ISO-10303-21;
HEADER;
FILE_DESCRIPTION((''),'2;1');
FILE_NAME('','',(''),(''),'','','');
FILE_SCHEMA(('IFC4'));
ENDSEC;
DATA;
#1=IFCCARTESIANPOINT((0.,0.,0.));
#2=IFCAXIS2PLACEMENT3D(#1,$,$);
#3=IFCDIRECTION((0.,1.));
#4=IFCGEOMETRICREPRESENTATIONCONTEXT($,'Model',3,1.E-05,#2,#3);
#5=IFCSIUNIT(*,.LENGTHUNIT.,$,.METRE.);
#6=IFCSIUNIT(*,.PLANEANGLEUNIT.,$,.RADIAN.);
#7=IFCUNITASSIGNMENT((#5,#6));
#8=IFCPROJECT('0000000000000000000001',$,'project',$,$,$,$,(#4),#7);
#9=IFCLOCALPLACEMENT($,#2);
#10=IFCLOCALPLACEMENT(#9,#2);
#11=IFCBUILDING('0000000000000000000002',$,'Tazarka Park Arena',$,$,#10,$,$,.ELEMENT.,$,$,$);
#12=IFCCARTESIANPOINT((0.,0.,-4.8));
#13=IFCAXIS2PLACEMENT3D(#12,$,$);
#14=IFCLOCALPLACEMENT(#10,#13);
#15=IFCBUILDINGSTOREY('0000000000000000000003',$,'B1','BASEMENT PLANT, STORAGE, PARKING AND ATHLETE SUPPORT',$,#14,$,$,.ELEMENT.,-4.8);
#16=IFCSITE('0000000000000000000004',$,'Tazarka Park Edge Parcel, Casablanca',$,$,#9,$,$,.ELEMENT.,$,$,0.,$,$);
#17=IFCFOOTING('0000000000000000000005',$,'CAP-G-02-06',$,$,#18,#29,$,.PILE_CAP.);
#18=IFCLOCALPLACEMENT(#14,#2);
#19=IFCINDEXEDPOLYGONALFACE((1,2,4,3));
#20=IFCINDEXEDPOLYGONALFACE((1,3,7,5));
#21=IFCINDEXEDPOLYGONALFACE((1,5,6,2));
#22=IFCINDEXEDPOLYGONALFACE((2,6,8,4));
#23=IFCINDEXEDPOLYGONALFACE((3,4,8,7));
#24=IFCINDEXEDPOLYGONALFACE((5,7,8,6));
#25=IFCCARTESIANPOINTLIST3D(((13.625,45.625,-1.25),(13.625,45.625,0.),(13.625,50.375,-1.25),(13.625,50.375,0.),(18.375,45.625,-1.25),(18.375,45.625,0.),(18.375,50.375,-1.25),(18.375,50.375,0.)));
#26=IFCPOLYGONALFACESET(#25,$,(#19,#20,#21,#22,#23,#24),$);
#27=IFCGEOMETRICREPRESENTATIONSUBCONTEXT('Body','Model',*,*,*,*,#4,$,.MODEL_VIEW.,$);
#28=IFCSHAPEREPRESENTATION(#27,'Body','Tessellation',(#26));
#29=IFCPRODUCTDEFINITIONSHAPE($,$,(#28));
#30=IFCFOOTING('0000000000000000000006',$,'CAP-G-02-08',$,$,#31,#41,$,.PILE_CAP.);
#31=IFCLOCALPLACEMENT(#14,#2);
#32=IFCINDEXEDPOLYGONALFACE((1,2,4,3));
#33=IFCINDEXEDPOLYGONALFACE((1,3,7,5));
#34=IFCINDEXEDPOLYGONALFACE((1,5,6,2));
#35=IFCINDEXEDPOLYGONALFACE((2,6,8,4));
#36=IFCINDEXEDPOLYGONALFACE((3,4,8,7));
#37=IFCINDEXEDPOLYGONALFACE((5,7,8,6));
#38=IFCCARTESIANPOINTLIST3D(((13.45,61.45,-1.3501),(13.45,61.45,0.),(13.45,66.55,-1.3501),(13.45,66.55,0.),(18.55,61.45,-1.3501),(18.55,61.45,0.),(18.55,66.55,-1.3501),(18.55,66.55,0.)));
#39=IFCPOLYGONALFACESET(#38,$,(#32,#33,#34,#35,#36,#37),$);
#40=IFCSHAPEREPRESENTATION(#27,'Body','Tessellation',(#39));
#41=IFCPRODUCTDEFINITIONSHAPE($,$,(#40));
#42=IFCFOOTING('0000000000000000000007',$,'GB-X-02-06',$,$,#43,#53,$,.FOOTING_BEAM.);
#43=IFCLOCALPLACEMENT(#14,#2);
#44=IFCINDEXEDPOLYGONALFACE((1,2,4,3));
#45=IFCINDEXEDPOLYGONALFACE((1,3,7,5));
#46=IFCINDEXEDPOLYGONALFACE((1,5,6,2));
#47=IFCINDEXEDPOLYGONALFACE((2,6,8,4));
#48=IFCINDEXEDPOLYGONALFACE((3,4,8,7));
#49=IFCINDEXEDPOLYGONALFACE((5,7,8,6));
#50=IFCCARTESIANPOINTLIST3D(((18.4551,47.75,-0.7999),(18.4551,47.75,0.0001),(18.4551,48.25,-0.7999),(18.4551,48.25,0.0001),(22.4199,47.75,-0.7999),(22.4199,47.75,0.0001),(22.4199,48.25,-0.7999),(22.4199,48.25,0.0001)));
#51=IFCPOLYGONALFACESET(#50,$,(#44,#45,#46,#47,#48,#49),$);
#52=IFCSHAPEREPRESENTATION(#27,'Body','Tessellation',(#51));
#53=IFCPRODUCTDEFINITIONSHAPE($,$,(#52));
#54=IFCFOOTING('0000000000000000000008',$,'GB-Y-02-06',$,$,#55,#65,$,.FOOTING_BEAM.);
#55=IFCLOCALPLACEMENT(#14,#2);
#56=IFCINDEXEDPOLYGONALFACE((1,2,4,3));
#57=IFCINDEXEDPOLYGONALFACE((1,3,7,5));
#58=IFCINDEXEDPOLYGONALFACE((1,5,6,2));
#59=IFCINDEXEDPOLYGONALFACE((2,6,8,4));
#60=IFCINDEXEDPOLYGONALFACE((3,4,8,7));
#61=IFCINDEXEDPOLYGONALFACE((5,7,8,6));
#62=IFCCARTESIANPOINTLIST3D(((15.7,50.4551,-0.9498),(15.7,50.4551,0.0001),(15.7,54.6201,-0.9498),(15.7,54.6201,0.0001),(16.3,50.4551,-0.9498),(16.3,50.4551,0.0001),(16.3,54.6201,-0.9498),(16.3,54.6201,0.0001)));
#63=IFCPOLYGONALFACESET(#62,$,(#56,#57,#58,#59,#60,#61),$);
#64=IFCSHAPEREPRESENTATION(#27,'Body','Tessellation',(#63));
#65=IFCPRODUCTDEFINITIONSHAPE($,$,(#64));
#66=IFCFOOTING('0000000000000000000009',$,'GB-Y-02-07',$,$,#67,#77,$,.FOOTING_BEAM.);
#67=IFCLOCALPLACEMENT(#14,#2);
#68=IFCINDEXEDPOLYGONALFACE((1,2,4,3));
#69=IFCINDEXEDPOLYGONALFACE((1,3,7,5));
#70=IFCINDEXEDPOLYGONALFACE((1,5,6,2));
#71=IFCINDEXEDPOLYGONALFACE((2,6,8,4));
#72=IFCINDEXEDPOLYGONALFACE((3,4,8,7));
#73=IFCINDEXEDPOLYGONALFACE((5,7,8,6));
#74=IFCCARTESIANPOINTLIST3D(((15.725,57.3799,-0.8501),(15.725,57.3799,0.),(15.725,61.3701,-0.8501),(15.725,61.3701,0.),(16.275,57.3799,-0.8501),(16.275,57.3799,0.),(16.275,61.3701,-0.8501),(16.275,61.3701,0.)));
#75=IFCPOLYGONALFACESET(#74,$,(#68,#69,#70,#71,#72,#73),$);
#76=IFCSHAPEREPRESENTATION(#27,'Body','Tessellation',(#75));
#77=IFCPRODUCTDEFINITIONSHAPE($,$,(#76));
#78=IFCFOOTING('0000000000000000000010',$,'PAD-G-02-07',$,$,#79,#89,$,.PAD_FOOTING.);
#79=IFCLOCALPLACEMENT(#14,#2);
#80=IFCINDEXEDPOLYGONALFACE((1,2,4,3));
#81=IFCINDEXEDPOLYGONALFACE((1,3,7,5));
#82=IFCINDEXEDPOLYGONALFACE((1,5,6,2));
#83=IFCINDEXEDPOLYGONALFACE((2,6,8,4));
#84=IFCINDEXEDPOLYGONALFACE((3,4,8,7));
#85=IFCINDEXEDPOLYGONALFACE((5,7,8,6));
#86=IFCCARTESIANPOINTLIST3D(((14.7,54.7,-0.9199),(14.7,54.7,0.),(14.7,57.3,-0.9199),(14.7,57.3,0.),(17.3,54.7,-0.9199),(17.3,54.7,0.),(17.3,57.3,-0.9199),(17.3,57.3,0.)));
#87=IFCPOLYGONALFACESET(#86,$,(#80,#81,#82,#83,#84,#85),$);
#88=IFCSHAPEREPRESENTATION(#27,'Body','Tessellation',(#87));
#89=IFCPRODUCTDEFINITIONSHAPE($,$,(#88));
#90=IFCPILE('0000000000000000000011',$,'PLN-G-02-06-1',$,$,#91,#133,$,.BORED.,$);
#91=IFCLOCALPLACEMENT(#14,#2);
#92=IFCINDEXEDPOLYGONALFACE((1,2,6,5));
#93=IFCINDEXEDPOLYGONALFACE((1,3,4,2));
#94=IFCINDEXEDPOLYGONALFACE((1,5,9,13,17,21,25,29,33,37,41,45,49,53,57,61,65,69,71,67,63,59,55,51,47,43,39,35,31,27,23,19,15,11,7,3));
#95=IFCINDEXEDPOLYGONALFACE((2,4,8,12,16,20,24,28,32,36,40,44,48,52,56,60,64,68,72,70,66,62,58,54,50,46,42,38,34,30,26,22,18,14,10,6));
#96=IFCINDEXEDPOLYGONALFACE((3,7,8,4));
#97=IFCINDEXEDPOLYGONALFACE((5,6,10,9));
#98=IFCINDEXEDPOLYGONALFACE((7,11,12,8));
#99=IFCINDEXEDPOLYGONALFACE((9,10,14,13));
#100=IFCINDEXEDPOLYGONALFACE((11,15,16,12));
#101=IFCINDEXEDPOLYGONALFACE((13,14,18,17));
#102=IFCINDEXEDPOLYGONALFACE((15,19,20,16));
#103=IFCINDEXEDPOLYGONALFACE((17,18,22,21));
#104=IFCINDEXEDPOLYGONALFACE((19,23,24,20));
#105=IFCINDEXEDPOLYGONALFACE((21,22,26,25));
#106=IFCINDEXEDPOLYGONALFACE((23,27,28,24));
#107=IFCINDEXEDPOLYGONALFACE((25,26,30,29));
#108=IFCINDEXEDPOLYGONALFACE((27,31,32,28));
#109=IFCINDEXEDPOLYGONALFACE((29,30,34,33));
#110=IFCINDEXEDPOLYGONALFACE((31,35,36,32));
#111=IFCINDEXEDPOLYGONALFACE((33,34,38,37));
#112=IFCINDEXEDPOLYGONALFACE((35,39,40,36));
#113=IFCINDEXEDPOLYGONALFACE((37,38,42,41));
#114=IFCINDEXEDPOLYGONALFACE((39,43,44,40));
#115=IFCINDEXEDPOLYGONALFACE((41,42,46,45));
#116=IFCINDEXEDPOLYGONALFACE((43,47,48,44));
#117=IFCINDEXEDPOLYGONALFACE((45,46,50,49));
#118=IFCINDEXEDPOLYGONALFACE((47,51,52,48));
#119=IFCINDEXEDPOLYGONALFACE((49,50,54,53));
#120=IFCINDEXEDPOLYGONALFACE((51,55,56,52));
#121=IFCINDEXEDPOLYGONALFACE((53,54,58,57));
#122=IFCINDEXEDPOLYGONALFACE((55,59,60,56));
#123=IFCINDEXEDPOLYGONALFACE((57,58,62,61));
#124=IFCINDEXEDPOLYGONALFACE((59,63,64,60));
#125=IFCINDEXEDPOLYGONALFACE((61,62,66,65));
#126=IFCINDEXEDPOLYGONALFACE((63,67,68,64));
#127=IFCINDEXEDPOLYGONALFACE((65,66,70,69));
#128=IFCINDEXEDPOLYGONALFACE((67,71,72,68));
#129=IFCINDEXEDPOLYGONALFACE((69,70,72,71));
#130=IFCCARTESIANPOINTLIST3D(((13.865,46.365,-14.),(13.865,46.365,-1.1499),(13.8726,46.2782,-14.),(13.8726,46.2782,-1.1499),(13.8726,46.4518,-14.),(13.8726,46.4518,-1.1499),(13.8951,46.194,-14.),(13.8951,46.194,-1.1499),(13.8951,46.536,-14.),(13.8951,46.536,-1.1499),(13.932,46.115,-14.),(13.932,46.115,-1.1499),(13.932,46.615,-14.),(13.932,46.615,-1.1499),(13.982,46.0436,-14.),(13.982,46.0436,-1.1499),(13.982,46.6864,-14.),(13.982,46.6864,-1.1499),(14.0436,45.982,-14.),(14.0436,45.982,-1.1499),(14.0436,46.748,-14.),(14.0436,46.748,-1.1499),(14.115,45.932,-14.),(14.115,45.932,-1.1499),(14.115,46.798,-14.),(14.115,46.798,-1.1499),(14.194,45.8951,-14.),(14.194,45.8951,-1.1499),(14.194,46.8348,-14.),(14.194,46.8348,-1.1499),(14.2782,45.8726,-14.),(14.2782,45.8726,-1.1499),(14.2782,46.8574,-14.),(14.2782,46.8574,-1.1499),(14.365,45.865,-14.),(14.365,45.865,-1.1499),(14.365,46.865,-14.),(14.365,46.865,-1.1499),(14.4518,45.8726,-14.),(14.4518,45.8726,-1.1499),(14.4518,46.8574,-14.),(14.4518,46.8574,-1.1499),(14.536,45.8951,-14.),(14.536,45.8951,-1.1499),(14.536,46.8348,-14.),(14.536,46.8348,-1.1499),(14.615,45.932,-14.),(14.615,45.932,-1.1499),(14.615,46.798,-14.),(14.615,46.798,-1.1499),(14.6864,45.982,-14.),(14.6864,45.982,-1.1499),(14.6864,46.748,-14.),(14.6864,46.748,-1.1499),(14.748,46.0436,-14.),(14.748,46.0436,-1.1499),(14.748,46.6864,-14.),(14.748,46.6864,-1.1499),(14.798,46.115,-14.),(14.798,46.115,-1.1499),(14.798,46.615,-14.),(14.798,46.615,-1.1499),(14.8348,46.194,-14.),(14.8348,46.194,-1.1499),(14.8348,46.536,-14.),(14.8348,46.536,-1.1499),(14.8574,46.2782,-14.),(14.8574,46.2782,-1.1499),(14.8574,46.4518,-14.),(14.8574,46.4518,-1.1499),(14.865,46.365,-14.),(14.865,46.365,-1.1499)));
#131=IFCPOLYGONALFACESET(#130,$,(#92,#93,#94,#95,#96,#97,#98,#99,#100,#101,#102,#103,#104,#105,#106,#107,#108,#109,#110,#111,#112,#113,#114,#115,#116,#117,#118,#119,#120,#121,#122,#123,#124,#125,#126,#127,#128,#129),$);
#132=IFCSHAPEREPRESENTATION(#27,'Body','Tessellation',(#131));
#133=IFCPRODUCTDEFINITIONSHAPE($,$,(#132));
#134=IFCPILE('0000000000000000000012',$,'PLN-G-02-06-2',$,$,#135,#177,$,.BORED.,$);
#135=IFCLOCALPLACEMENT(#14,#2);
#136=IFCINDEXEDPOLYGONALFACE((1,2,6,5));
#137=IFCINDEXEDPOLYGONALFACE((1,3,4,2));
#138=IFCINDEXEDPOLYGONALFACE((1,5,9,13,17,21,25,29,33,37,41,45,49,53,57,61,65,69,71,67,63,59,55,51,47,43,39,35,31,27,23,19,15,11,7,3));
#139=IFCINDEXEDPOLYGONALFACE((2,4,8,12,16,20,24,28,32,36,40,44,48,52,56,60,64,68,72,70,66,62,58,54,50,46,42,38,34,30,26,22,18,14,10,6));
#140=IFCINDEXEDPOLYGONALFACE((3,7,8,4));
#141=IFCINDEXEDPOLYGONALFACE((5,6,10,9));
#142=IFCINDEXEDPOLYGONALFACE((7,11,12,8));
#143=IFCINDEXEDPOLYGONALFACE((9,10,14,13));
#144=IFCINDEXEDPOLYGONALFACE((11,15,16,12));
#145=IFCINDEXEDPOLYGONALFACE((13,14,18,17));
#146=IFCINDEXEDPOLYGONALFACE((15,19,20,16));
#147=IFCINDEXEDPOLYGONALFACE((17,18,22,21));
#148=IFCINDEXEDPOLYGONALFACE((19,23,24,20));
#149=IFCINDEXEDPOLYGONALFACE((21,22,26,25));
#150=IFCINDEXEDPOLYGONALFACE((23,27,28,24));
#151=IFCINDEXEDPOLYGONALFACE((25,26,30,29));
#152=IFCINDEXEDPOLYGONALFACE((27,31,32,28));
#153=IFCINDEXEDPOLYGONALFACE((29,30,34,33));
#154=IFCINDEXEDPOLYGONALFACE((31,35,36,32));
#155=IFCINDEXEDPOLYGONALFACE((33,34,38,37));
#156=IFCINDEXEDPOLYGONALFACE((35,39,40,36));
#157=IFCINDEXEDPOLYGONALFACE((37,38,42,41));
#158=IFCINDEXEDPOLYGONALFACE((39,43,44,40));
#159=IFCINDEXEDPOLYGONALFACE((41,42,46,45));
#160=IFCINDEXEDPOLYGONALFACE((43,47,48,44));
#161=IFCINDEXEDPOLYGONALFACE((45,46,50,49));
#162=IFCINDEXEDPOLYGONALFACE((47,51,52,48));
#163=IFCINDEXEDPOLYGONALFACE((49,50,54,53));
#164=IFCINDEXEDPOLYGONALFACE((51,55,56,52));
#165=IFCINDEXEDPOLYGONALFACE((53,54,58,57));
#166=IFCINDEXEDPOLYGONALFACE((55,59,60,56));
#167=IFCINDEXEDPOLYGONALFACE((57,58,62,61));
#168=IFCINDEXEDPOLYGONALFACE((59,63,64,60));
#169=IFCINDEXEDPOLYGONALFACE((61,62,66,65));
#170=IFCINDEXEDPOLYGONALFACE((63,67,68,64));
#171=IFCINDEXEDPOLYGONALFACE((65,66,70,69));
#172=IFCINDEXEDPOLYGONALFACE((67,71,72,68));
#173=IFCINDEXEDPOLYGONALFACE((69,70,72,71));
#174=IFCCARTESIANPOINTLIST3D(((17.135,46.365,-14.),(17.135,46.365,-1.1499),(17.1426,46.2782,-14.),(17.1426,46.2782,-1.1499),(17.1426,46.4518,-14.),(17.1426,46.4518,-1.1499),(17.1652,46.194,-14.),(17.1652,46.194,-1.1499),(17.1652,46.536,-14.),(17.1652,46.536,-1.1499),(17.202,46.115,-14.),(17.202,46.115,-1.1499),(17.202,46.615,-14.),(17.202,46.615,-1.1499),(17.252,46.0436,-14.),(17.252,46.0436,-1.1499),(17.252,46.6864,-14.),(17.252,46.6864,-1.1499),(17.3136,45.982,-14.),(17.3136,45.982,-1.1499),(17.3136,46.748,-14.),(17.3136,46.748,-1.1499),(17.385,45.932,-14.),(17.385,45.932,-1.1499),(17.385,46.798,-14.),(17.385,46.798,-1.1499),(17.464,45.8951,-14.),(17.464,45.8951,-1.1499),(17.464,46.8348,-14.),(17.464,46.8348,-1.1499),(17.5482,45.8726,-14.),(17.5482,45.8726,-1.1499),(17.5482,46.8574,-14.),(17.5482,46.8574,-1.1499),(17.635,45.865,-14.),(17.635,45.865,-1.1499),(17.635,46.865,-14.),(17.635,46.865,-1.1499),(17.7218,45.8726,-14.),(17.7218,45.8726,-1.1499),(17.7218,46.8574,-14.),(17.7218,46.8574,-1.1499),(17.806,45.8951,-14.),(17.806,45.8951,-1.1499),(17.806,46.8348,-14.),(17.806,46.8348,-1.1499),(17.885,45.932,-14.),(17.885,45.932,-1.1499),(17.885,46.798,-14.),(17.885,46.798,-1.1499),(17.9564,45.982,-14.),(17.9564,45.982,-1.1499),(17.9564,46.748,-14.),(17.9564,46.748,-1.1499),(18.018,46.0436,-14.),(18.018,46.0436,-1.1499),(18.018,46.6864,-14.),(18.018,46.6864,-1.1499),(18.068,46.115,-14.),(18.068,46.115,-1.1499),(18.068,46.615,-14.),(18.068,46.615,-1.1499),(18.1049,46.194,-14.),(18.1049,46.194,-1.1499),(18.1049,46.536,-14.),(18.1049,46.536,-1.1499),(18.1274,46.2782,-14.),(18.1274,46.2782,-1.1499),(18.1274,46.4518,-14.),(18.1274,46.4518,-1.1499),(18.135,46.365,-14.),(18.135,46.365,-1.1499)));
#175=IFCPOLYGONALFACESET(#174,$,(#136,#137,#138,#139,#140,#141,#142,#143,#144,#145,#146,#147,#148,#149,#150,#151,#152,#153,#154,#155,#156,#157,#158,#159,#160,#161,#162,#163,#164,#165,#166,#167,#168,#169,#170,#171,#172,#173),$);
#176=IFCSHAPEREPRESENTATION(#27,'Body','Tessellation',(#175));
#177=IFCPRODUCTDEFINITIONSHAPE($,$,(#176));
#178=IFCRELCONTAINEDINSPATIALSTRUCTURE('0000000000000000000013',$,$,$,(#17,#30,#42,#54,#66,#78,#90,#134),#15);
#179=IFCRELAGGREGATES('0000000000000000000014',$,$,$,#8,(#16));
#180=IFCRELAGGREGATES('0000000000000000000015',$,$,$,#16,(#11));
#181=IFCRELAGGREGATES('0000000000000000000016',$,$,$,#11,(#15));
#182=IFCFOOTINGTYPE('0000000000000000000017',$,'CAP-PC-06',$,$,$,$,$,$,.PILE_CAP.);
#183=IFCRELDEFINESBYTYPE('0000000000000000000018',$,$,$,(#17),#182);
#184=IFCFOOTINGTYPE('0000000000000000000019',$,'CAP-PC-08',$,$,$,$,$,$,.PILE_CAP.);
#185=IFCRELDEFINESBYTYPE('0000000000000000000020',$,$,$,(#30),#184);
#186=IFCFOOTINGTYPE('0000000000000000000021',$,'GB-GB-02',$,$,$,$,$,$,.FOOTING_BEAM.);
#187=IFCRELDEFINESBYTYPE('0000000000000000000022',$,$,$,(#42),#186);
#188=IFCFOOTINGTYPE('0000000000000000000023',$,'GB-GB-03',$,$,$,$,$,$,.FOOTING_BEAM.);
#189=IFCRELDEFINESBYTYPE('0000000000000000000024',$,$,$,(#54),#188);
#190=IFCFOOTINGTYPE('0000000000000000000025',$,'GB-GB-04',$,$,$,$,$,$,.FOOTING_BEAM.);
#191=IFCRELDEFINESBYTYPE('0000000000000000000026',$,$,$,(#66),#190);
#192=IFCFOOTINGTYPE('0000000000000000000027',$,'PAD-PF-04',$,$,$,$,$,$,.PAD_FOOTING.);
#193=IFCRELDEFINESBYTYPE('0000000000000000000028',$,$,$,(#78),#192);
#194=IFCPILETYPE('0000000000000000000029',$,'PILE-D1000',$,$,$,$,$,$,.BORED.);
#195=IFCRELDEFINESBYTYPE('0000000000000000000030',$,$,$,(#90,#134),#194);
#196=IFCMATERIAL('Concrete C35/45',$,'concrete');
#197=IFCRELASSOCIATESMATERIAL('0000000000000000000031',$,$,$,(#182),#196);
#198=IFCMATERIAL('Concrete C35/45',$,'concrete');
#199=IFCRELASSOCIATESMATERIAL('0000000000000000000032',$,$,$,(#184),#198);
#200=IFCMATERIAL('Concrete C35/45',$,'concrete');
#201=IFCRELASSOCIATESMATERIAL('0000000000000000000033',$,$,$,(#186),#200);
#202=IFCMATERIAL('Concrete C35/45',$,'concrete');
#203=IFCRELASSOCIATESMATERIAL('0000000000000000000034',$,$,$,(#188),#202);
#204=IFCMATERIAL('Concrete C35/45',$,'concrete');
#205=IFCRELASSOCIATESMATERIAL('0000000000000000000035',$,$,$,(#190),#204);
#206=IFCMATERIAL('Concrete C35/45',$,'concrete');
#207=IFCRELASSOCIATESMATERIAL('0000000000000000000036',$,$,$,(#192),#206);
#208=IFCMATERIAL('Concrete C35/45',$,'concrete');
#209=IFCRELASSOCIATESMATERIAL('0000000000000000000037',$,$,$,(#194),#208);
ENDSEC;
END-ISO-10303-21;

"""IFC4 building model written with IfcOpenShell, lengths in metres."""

from ifc_helpers import new_model, si_unit, direction, frame, origin, origin_2d, place, context, subcontext, project, spatial, rectangle, circle, extrude, material, material_profile, profile_set, type_object, element, save


model = new_model("IFC4")

# Units and contexts
model_context = context("Model", 3, precision=1e-05, world=origin(), true_north=direction((0.0, 1.0)))
body_context = subcontext(model_context, "Body", "Model", "MODEL_VIEW")
ifc_project = project(units=[si_unit("LENGTHUNIT", "METRE"), si_unit("PLANEANGLEUNIT", "RADIAN")], contexts=[model_context])

# Site, building, storey
site_placement = place(None, origin())
site = spatial("IfcSite", under=ifc_project, at=site_placement, Name="Tazarka Park Edge Parcel, Casablanca", CompositionType="ELEMENT", RefElevation=0.0)
building_placement = place(site_placement, origin())
building = spatial("IfcBuilding", under=site, at=building_placement, Name="Tazarka Park Arena", CompositionType="ELEMENT")
storey_placement = place(building_placement, frame((0.0, 0.0, -4.8)))
storey = spatial("IfcBuildingStorey", under=building, at=storey_placement, Name="B1", Description="BASEMENT PLANT, STORAGE, PARKING AND ATHLETE SUPPORT", CompositionType="ELEMENT", Elevation=-4.8)

# Footings
ifc_material_1 = material(Name="Concrete C35/45", Category="concrete")
footing_type_1 = type_object("IfcFootingType", Name="CAP-PC-06", PredefinedType="PILE_CAP", material=ifc_material_1)
footing_1_placement = place(storey_placement, frame((16.0, 48.0, -1.25), z_axis=(0.0, 0.0, 1.0), x_axis=(1.0, 0.0, 0.0)))
element("IfcFooting", 1, at=footing_1_placement, inside=storey, type_object=footing_type_1, Name="CAP-G-02-06", PredefinedType="PILE_CAP", context=body_context, shape_type="SweptSolid", body=[
    extrude(rectangle(XDim=4.75, YDim=4.75, at=origin_2d()), origin(), (0.0, 0.0, 1.0), 1.25),
])
ifc_material_2 = material(Name="Concrete C35/45", Category="concrete")
footing_type_2 = type_object("IfcFootingType", Name="CAP-PC-08", PredefinedType="PILE_CAP", material=ifc_material_2)
footing_2_placement = place(storey_placement, frame((16.0, 64.0, -1.3501), z_axis=(0.0, 0.0, 1.0), x_axis=(1.0, 0.0, 0.0)))
element("IfcFooting", 2, at=footing_2_placement, inside=storey, type_object=footing_type_2, Name="CAP-G-02-08", PredefinedType="PILE_CAP", context=body_context, shape_type="SweptSolid", body=[
    extrude(rectangle(XDim=5.1001, YDim=5.1001, at=origin_2d()), origin(), (0.0, 0.0, 1.0), 1.3501),
])
ifc_material_3 = material(Name="Concrete C35/45", Category="concrete")
ifc_material_profile_1 = material_profile(ifc_material_3, rectangle(XDim=0.5, YDim=0.8, at=origin_2d()), Name="Concrete C35/45")
ifc_profile_set_1 = profile_set([ifc_material_profile_1], Name="Concrete C35/45")
footing_type_3 = type_object("IfcFootingType", Name="GB-GB-02", PredefinedType="FOOTING_BEAM", material=ifc_profile_set_1)
footing_3_placement = place(storey_placement, frame((18.4551, 48.0, -0.3999), z_axis=(1.0, 0.0, 0.0), x_axis=(0.0, 1.0, 0.0)))
element("IfcFooting", 3, at=footing_3_placement, inside=storey, type_object=footing_type_3, Name="GB-X-02-06", PredefinedType="FOOTING_BEAM", context=body_context, shape_type="SweptSolid", body=[
    extrude(rectangle(XDim=0.5, YDim=0.8, at=origin_2d()), origin(), (0.0, 0.0, 1.0), 3.9648),
])
ifc_material_4 = material(Name="Concrete C35/45", Category="concrete")
ifc_material_profile_2 = material_profile(ifc_material_4, rectangle(XDim=0.6001, YDim=0.95, at=origin_2d()), Name="Concrete C35/45")
ifc_profile_set_2 = profile_set([ifc_material_profile_2], Name="Concrete C35/45")
footing_type_4 = type_object("IfcFootingType", Name="GB-GB-03", PredefinedType="FOOTING_BEAM", material=ifc_profile_set_2)
footing_4_placement = place(storey_placement, frame((16.0, 50.4551, -0.4749), z_axis=(0.0, 1.0, 0.0), x_axis=(-1.0, 0.0, 0.0)))
element("IfcFooting", 4, at=footing_4_placement, inside=storey, type_object=footing_type_4, Name="GB-Y-02-06", PredefinedType="FOOTING_BEAM", context=body_context, shape_type="SweptSolid", body=[
    extrude(rectangle(XDim=0.6001, YDim=0.95, at=origin_2d()), origin(), (0.0, 0.0, 1.0), 4.165),
])
ifc_material_5 = material(Name="Concrete C35/45", Category="concrete")
ifc_material_profile_3 = material_profile(ifc_material_5, rectangle(XDim=0.55, YDim=0.8501, at=origin_2d()), Name="Concrete C35/45")
ifc_profile_set_3 = profile_set([ifc_material_profile_3], Name="Concrete C35/45")
footing_type_5 = type_object("IfcFootingType", Name="GB-GB-04", PredefinedType="FOOTING_BEAM", material=ifc_profile_set_3)
footing_5_placement = place(storey_placement, frame((16.0, 57.3799, -0.425), z_axis=(0.0, 1.0, 0.0), x_axis=(-1.0, 0.0, 0.0)))
element("IfcFooting", 5, at=footing_5_placement, inside=storey, type_object=footing_type_5, Name="GB-Y-02-07", PredefinedType="FOOTING_BEAM", context=body_context, shape_type="SweptSolid", body=[
    extrude(rectangle(XDim=0.55, YDim=0.8501, at=origin_2d()), origin(), (0.0, 0.0, 1.0), 3.9902),
])
ifc_material_6 = material(Name="Concrete C35/45", Category="concrete")
footing_type_6 = type_object("IfcFootingType", Name="PAD-PF-04", PredefinedType="PAD_FOOTING", material=ifc_material_6)
footing_6_placement = place(storey_placement, frame((16.0, 56.0, -0.9199), z_axis=(0.0, 0.0, 1.0), x_axis=(1.0, 0.0, 0.0)))
element("IfcFooting", 6, at=footing_6_placement, inside=storey, type_object=footing_type_6, Name="PAD-G-02-07", PredefinedType="PAD_FOOTING", context=body_context, shape_type="SweptSolid", body=[
    extrude(rectangle(XDim=2.6001, YDim=2.6001, at=origin_2d()), origin(), (0.0, 0.0, 1.0), 0.9199),
])

# Piles
ifc_material_7 = material(Name="Concrete C35/45", Category="concrete")
ifc_material_profile_4 = material_profile(ifc_material_7, circle(Radius=0.5, at=origin_2d()), Name="Concrete C35/45")
ifc_profile_set_4 = profile_set([ifc_material_profile_4], Name="Concrete C35/45")
pile_type_1 = type_object("IfcPileType", Name="PILE-D1000", PredefinedType="BORED", material=ifc_profile_set_4)
for number, where, z_axis, x_axis, name in (
    (7, (14.365, 46.365, -1.1499), (0.0, 0.0, -1.0), (1.0, 0.0, 0.0), "PLN-G-02-06-1"),
    (8, (17.635, 46.365, -1.1499), (0.0, 0.0, -1.0), (1.0, 0.0, 0.0), "PLN-G-02-06-2"),
):
    element("IfcPile", number, at=place(storey_placement, frame(where, z_axis=z_axis, x_axis=x_axis)), inside=storey, type_object=pile_type_1, Name=name, PredefinedType="BORED", context=body_context, shape_type="SweptSolid", body=[
        extrude(circle(Radius=0.5, at=origin_2d()), origin(), (0.0, 0.0, 1.0), 12.8501),
    ])

save(model, "model.ifc")
